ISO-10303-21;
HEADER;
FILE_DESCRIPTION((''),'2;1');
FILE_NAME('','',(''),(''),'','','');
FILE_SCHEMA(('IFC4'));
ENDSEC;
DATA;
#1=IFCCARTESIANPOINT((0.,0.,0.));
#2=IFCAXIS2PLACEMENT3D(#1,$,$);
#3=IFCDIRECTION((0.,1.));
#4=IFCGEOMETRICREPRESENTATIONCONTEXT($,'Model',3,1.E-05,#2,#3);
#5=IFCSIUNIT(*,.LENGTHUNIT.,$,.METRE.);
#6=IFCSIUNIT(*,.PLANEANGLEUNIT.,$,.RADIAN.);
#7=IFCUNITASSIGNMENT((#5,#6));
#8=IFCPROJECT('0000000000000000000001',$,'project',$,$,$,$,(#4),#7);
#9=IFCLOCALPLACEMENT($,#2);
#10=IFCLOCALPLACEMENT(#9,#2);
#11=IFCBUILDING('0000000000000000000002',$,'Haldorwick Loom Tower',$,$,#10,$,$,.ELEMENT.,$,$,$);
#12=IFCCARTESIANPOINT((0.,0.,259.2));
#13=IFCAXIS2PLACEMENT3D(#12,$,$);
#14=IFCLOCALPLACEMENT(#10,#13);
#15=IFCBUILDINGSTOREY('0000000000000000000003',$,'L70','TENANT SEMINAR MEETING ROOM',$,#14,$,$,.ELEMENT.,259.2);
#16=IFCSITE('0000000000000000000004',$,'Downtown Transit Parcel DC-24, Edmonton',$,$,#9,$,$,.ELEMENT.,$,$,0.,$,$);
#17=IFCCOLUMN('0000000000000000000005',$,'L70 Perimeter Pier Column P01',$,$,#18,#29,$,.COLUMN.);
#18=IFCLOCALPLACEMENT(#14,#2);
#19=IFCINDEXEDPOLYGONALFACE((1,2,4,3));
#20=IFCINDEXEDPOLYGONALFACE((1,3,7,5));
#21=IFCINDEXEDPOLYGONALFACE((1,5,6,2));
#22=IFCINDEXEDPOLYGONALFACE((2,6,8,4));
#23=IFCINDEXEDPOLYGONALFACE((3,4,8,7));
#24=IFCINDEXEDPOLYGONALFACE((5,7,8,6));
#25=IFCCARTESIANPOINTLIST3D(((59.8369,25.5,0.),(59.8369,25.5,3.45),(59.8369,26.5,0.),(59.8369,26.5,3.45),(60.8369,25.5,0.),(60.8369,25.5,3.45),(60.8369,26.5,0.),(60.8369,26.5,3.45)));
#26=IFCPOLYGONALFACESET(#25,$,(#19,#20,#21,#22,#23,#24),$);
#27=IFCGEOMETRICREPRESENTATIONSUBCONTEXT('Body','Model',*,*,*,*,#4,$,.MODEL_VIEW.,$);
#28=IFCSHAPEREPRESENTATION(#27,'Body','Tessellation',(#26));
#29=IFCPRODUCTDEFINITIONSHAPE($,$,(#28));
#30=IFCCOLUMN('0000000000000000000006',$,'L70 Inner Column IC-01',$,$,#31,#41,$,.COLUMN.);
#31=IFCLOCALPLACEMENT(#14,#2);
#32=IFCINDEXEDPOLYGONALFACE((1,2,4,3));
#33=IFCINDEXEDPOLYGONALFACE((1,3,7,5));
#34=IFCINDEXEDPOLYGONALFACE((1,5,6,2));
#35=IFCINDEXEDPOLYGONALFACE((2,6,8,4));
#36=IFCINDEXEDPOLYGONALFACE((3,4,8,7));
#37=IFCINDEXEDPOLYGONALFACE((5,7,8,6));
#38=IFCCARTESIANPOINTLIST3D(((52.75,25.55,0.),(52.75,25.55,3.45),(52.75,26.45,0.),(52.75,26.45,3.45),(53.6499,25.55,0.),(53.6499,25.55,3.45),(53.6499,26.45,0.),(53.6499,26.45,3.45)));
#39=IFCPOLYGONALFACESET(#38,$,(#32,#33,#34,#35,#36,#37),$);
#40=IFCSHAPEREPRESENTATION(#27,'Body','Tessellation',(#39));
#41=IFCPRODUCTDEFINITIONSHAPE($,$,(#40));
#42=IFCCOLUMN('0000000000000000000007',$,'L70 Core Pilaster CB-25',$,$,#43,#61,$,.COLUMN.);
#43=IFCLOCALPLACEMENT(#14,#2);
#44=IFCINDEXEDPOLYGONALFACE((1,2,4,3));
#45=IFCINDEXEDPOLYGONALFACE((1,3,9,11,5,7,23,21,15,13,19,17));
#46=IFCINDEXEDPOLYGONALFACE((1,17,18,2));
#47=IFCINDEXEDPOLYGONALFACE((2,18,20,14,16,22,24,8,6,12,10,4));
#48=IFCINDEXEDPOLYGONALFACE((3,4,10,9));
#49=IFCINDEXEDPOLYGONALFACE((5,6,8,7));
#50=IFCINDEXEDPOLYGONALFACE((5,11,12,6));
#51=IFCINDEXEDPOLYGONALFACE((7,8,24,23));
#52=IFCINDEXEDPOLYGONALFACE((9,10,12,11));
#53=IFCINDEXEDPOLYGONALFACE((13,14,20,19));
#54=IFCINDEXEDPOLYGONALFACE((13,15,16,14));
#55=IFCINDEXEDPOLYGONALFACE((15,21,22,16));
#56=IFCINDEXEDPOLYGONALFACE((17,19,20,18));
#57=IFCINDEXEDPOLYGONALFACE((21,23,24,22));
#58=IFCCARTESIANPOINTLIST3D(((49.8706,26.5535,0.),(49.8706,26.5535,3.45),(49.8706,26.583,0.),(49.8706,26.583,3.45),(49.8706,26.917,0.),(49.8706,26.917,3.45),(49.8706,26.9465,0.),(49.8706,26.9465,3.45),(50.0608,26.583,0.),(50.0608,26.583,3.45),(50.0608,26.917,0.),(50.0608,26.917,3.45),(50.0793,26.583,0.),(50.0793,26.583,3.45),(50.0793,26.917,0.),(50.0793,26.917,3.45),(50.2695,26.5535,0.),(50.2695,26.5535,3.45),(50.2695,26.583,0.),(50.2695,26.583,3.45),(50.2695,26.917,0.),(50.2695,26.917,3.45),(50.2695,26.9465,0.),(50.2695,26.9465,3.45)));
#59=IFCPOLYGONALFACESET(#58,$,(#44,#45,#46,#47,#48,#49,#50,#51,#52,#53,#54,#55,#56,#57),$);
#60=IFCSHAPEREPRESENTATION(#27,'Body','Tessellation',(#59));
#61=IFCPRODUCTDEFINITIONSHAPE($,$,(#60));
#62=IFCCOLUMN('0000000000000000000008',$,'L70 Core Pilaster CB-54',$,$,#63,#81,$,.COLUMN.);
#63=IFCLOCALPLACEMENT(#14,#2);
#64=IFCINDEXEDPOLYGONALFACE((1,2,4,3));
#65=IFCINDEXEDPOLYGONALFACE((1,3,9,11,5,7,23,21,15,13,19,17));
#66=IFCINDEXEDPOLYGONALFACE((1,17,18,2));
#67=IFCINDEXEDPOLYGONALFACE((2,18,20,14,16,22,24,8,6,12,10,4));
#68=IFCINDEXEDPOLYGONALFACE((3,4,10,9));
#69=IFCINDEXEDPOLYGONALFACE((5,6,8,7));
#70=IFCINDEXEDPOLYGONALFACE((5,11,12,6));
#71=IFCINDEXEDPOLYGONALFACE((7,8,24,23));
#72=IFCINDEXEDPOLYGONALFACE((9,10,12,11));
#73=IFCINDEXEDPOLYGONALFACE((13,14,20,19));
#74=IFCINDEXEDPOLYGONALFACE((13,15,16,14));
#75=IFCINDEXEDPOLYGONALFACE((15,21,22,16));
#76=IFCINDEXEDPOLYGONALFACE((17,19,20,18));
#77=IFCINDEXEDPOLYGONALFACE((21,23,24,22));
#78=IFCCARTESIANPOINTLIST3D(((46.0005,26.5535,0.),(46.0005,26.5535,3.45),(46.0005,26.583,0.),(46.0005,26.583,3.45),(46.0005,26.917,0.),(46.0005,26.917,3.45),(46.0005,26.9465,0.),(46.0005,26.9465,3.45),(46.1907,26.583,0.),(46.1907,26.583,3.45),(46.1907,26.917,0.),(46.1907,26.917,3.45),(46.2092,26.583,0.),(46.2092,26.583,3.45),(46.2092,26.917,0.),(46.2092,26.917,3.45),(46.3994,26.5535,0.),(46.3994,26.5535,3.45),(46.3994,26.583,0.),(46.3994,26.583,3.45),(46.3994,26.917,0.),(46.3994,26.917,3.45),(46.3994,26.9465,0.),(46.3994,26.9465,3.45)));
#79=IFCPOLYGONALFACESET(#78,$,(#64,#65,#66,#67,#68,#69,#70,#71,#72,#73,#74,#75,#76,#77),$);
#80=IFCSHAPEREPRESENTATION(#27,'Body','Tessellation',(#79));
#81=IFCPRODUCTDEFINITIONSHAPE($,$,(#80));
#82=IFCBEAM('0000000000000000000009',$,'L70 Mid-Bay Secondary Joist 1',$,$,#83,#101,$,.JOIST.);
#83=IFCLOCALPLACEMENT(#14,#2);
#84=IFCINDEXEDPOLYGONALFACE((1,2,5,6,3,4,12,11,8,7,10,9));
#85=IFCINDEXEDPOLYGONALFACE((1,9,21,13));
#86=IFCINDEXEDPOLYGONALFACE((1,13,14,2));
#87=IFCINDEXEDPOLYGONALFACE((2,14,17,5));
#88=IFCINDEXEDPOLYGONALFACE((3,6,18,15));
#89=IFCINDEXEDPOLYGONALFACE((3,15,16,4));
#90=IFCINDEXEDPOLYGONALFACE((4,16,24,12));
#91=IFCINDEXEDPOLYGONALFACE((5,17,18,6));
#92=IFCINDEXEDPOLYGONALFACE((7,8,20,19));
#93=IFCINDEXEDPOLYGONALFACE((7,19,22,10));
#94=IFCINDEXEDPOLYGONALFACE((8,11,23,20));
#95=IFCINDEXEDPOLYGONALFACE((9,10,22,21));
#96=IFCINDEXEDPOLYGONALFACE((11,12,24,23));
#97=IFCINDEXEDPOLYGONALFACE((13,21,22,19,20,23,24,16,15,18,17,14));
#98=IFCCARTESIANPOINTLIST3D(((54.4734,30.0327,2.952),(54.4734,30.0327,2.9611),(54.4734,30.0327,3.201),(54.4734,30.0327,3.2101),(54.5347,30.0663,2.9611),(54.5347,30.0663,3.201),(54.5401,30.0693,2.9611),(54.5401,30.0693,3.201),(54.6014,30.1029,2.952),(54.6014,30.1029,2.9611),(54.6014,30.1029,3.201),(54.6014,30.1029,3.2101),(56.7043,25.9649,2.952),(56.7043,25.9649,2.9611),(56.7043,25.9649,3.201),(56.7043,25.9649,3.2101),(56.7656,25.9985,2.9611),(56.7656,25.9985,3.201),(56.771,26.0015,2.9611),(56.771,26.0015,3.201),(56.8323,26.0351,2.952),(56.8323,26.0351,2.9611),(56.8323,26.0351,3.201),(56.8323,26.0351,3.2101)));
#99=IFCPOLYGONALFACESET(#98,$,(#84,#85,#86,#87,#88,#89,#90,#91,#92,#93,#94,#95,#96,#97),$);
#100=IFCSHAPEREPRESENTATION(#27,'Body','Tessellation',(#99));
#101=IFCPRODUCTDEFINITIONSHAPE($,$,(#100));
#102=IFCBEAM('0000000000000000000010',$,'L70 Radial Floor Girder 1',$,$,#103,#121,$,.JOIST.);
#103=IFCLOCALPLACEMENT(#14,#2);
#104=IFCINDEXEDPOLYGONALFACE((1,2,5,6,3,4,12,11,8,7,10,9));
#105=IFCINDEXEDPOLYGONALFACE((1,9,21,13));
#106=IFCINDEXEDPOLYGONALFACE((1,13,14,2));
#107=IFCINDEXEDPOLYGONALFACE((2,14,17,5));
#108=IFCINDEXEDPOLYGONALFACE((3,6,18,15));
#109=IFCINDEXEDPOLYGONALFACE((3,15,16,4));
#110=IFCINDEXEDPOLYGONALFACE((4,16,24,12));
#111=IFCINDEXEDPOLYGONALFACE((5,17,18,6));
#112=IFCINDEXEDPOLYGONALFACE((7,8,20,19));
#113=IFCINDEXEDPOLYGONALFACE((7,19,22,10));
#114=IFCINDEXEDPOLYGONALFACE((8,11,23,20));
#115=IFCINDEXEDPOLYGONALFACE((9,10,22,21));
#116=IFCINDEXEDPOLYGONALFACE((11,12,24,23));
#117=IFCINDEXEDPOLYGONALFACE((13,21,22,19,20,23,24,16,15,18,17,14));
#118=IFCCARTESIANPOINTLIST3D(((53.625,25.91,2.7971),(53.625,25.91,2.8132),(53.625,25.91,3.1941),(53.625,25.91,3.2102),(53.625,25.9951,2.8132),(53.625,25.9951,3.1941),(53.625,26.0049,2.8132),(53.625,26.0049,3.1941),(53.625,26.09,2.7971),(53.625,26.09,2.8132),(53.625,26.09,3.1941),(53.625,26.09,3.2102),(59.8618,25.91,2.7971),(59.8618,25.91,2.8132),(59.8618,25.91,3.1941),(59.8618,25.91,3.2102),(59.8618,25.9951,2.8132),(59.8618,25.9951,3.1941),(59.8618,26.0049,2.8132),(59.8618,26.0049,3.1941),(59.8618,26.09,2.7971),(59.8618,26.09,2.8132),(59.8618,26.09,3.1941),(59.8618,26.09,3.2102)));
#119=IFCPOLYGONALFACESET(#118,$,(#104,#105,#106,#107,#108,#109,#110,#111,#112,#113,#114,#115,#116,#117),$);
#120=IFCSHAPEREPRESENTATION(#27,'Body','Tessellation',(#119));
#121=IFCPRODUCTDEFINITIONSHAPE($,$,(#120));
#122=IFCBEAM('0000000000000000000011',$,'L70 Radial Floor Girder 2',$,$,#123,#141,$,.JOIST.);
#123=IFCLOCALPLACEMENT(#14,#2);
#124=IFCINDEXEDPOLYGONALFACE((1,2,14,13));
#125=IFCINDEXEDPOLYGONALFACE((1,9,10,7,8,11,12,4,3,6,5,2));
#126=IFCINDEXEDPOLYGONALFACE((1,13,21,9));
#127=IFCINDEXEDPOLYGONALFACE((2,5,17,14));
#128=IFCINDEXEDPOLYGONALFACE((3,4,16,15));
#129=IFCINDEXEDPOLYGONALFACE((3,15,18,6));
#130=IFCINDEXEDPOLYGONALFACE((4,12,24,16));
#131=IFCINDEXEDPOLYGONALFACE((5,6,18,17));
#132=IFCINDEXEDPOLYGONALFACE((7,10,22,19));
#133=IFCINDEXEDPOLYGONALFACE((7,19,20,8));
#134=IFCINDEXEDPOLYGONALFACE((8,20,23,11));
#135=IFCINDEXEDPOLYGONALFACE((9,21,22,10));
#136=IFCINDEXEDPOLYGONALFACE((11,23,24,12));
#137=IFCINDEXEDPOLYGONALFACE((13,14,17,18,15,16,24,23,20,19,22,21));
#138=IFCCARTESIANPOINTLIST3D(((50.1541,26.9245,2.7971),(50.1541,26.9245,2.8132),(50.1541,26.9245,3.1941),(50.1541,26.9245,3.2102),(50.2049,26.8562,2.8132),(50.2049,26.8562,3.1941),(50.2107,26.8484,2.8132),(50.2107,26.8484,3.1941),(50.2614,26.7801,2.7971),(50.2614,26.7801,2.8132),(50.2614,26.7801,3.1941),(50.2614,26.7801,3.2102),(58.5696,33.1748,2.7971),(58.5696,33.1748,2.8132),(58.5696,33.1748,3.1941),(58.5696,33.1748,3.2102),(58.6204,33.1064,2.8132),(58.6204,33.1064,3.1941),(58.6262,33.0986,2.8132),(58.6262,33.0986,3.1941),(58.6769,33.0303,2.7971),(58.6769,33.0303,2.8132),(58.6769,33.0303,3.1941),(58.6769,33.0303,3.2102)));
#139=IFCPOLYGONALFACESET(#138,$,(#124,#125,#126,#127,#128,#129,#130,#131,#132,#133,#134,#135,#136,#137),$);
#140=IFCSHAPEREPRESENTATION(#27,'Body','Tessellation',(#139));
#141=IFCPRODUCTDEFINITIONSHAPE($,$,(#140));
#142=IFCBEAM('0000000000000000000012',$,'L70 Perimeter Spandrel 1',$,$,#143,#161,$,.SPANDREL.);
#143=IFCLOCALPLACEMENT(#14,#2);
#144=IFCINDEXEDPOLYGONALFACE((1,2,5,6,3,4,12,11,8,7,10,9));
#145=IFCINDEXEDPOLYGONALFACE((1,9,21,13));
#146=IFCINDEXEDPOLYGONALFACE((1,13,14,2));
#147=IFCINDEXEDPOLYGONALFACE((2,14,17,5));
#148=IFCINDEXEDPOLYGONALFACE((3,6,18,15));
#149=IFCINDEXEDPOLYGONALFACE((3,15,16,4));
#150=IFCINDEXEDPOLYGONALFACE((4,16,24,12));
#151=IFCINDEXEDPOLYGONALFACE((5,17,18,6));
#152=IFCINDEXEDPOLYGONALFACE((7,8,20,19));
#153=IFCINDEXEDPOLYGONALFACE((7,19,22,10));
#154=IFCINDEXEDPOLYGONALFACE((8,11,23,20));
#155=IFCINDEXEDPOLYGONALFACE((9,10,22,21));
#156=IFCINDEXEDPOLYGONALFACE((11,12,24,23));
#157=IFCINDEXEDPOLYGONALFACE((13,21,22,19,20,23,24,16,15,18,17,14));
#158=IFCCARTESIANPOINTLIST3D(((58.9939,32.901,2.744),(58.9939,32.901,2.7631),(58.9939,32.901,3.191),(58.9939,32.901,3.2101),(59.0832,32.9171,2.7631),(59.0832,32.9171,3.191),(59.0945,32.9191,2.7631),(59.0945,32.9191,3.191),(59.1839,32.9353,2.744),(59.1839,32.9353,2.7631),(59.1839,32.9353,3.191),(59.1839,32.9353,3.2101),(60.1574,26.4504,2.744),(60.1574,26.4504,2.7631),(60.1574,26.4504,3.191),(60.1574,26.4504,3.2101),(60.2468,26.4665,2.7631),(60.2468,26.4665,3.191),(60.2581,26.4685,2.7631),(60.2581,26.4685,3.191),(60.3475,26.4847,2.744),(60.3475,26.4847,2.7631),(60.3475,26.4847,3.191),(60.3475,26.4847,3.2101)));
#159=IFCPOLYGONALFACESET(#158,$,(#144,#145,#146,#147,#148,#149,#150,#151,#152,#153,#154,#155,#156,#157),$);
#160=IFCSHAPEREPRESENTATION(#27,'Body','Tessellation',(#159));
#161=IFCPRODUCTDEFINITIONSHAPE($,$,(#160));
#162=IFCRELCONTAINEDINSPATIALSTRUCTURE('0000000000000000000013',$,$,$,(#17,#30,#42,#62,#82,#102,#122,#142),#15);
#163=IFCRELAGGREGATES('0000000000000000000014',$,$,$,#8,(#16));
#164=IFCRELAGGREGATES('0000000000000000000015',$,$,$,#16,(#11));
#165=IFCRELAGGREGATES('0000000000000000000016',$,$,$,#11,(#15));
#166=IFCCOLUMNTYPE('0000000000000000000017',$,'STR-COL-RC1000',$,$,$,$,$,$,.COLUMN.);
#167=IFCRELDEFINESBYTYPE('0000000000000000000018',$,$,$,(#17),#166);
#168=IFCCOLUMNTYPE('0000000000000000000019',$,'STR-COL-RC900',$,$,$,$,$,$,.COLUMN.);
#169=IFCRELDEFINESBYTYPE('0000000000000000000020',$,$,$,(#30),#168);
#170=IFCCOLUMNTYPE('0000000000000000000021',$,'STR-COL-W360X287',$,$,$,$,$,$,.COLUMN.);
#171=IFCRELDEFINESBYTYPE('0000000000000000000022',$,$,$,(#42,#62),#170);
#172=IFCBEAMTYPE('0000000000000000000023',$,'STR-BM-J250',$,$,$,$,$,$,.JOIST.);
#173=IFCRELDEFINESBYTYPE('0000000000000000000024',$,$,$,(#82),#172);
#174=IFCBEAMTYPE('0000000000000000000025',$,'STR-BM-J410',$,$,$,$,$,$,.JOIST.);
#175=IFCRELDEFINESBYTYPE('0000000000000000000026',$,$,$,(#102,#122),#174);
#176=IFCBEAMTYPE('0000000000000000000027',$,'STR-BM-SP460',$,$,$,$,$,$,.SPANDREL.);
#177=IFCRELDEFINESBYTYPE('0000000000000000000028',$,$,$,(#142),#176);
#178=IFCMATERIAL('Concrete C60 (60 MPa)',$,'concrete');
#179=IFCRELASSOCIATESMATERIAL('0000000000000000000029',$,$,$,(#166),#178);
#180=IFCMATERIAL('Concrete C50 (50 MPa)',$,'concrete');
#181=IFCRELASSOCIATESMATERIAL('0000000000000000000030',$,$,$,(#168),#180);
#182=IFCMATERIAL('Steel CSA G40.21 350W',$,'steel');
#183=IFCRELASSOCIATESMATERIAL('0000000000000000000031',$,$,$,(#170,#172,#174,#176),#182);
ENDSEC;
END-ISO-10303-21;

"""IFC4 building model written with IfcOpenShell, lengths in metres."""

from ifc_helpers import new_model, si_unit, direction, frame, origin, origin_2d, place, context, subcontext, project, spatial, rectangle, i_section, extrude, material, material_profile, profile_set, type_object, element, save


model = new_model("IFC4")

# Units and contexts
model_context = context("Model", 3, precision=1e-05, world=origin(), true_north=direction((0.0, 1.0)))
body_context = subcontext(model_context, "Body", "Model", "MODEL_VIEW")
ifc_project = project(units=[si_unit("LENGTHUNIT", "METRE"), si_unit("PLANEANGLEUNIT", "RADIAN")], contexts=[model_context])

# Site, building, storey
site_placement = place(None, origin())
site = spatial("IfcSite", under=ifc_project, at=site_placement, Name="Downtown Transit Parcel DC-24, Edmonton", CompositionType="ELEMENT", RefElevation=0.0)
building_placement = place(site_placement, origin())
building = spatial("IfcBuilding", under=site, at=building_placement, Name="Haldorwick Loom Tower", CompositionType="ELEMENT")
storey_placement = place(building_placement, frame((0.0, 0.0, 259.2)))
storey = spatial("IfcBuildingStorey", under=building, at=storey_placement, Name="L70", Description="TENANT SEMINAR MEETING ROOM", CompositionType="ELEMENT", Elevation=259.2)

# Columns
ifc_material_1 = material(Name="Concrete C60 (60 MPa)", Category="concrete")
ifc_material_profile_1 = material_profile(ifc_material_1, rectangle(XDim=1.0, YDim=1.0, at=origin_2d()), Name="RC1000X1000", Category="concrete")
ifc_profile_set_1 = profile_set([ifc_material_profile_1], Name="Concrete C60 (60 MPa)")
column_type_1 = type_object("IfcColumnType", Name="STR-COL-RC1000", PredefinedType="COLUMN", material=ifc_profile_set_1)
column_1_placement = place(storey_placement, frame((60.3369, 26.0, 0.0), z_axis=(0.0, 0.0, 1.0), x_axis=(1.0, 0.0, 0.0)))
element("IfcColumn", 1, at=column_1_placement, inside=storey, type_object=column_type_1, Name="L70 Perimeter Pier Column P01", PredefinedType="COLUMN", context=body_context, shape_type="SweptSolid", body=[
    extrude(rectangle(XDim=1.0, YDim=1.0, at=origin_2d()), origin(), (0.0, 0.0, 1.0), 3.45),
])
ifc_material_2 = material(Name="Concrete C50 (50 MPa)", Category="concrete")
ifc_material_profile_2 = material_profile(ifc_material_2, rectangle(XDim=0.8999, YDim=0.8999, at=origin_2d()), Name="RC900X900", Category="concrete")
ifc_profile_set_2 = profile_set([ifc_material_profile_2], Name="Concrete C50 (50 MPa)")
column_type_2 = type_object("IfcColumnType", Name="STR-COL-RC900", PredefinedType="COLUMN", material=ifc_profile_set_2)
column_2_placement = place(storey_placement, frame((53.2, 26.0, 0.0), z_axis=(0.0, 0.0, 1.0), x_axis=(1.0, 0.0, 0.0)))
element("IfcColumn", 2, at=column_2_placement, inside=storey, type_object=column_type_2, Name="L70 Inner Column IC-01", PredefinedType="COLUMN", context=body_context, shape_type="SweptSolid", body=[
    extrude(rectangle(XDim=0.8999, YDim=0.8999, at=origin_2d()), origin(), (0.0, 0.0, 1.0), 3.45),
])
ifc_material_3 = material(Name="Steel CSA G40.21 350W", Category="steel")
ifc_material_profile_3 = material_profile(ifc_material_3, i_section(OverallWidth=0.3989, OverallDepth=0.3931, WebThickness=0.0186, FlangeThickness=0.0295, at=origin_2d()), Name="W360X287", Category="steel")
ifc_profile_set_3 = profile_set([ifc_material_profile_3], Name="Steel CSA G40.21 350W")
column_type_3 = type_object("IfcColumnType", Name="STR-COL-W360X287", PredefinedType="COLUMN", material=ifc_profile_set_3)
for number, where, z_axis, x_axis, name in (
    (3, (50.0701, 26.75, 0.0), (0.0, 0.0, 1.0), (1.0, 0.0, 0.0), "L70 Core Pilaster CB-25"),
    (4, (46.2, 26.75, 0.0), (0.0, 0.0, 1.0), (1.0, 0.0, 0.0), "L70 Core Pilaster CB-54"),
):
    element("IfcColumn", number, at=place(storey_placement, frame(where, z_axis=z_axis, x_axis=x_axis)), inside=storey, type_object=column_type_3, Name=name, PredefinedType="COLUMN", context=body_context, shape_type="SweptSolid", body=[
        extrude(i_section(OverallWidth=0.3989, OverallDepth=0.3931, WebThickness=0.0186, FlangeThickness=0.0295, at=origin_2d()), origin(), (0.0, 0.0, 1.0), 3.45),
    ])

# Beams
ifc_material_profile_4 = material_profile(ifc_material_3, i_section(OverallWidth=0.146, OverallDepth=0.2581, WebThickness=0.0061, FlangeThickness=0.009, at=origin_2d()), Name="W250X33", Category="steel")
ifc_profile_set_4 = profile_set([ifc_material_profile_4], Name="Steel CSA G40.21 350W")
beam_type_1 = type_object("IfcBeamType", Name="STR-BM-J250", PredefinedType="JOIST", material=ifc_profile_set_4)
beam_1_placement = place(storey_placement, frame((56.7683, 26.0, 3.0811), z_axis=(-0.480864, 0.876795, 0.0), x_axis=(-0.876795, -0.480864, 0.0)))
element("IfcBeam", 5, at=beam_1_placement, inside=storey, type_object=beam_type_1, Name="L70 Mid-Bay Secondary Joist 1", PredefinedType="JOIST", context=body_context, shape_type="SweptSolid", body=[
    extrude(i_section(OverallWidth=0.146, OverallDepth=0.2581, WebThickness=0.0061, FlangeThickness=0.009, at=origin_2d()), origin(), (0.0, 0.0, 1.0), 4.6394),
])
ifc_material_profile_5 = material_profile(ifc_material_3, i_section(OverallWidth=0.1799, OverallDepth=0.4131, WebThickness=0.0098, FlangeThickness=0.0161, at=origin_2d()), Name="W410X74", Category="steel")
ifc_profile_set_5 = profile_set([ifc_material_profile_5], Name="Steel CSA G40.21 350W")
beam_type_2 = type_object("IfcBeamType", Name="STR-BM-J410", PredefinedType="JOIST", material=ifc_profile_set_5)
beam_2_placement = place(storey_placement, frame((53.625, 26.0, 3.0037), z_axis=(1.0, 0.0, 0.0), x_axis=(0.0, 1.0, 0.0)))
element("IfcBeam", 6, at=beam_2_placement, inside=storey, type_object=beam_type_2, Name="L70 Radial Floor Girder 1", PredefinedType="JOIST", context=body_context, shape_type="SweptSolid", body=[
    extrude(i_section(OverallWidth=0.1799, OverallDepth=0.4131, WebThickness=0.0098, FlangeThickness=0.0161, at=origin_2d()), origin(), (0.0, 0.0, 1.0), 6.2368),
])
beam_3_placement = place(storey_placement, frame((50.2078, 26.8523, 3.0037), z_axis=(0.802803, 0.596245, 0.0), x_axis=(-0.596245, 0.802803, 0.0)))
element("IfcBeam", 7, at=beam_3_placement, inside=storey, type_object=beam_type_2, Name="L70 Radial Floor Girder 2", PredefinedType="JOIST", context=body_context, shape_type="SweptSolid", body=[
    extrude(i_section(OverallWidth=0.1799, OverallDepth=0.4131, WebThickness=0.0098, FlangeThickness=0.0161, at=origin_2d()), origin(), (0.0, 0.0, 1.0), 10.4827),
])
ifc_material_profile_6 = material_profile(ifc_material_3, i_section(OverallWidth=0.1931, OverallDepth=0.4661, WebThickness=0.0115, FlangeThickness=0.019, at=origin_2d()), Name="W460X97", Category="steel")
ifc_profile_set_6 = profile_set([ifc_material_profile_6], Name="Steel CSA G40.21 350W")
beam_type_3 = type_object("IfcBeamType", Name="STR-BM-SP460", PredefinedType="SPANDREL", material=ifc_profile_set_6)
beam_4_placement = place(storey_placement, frame((60.2524, 26.4675, 2.9771), z_axis=(-0.177515, 0.984118, 0.0), x_axis=(-0.984118, -0.177515, 0.0)))
element("IfcBeam", 8, at=beam_4_placement, inside=storey, type_object=beam_type_3, Name="L70 Perimeter Spandrel 1", PredefinedType="SPANDREL", context=body_context, shape_type="SweptSolid", body=[
    extrude(i_section(OverallWidth=0.1931, OverallDepth=0.4661, WebThickness=0.0115, FlangeThickness=0.019, at=origin_2d()), origin(), (0.0, 0.0, 1.0), 6.5547),
])

save(model, "model.ifc")
